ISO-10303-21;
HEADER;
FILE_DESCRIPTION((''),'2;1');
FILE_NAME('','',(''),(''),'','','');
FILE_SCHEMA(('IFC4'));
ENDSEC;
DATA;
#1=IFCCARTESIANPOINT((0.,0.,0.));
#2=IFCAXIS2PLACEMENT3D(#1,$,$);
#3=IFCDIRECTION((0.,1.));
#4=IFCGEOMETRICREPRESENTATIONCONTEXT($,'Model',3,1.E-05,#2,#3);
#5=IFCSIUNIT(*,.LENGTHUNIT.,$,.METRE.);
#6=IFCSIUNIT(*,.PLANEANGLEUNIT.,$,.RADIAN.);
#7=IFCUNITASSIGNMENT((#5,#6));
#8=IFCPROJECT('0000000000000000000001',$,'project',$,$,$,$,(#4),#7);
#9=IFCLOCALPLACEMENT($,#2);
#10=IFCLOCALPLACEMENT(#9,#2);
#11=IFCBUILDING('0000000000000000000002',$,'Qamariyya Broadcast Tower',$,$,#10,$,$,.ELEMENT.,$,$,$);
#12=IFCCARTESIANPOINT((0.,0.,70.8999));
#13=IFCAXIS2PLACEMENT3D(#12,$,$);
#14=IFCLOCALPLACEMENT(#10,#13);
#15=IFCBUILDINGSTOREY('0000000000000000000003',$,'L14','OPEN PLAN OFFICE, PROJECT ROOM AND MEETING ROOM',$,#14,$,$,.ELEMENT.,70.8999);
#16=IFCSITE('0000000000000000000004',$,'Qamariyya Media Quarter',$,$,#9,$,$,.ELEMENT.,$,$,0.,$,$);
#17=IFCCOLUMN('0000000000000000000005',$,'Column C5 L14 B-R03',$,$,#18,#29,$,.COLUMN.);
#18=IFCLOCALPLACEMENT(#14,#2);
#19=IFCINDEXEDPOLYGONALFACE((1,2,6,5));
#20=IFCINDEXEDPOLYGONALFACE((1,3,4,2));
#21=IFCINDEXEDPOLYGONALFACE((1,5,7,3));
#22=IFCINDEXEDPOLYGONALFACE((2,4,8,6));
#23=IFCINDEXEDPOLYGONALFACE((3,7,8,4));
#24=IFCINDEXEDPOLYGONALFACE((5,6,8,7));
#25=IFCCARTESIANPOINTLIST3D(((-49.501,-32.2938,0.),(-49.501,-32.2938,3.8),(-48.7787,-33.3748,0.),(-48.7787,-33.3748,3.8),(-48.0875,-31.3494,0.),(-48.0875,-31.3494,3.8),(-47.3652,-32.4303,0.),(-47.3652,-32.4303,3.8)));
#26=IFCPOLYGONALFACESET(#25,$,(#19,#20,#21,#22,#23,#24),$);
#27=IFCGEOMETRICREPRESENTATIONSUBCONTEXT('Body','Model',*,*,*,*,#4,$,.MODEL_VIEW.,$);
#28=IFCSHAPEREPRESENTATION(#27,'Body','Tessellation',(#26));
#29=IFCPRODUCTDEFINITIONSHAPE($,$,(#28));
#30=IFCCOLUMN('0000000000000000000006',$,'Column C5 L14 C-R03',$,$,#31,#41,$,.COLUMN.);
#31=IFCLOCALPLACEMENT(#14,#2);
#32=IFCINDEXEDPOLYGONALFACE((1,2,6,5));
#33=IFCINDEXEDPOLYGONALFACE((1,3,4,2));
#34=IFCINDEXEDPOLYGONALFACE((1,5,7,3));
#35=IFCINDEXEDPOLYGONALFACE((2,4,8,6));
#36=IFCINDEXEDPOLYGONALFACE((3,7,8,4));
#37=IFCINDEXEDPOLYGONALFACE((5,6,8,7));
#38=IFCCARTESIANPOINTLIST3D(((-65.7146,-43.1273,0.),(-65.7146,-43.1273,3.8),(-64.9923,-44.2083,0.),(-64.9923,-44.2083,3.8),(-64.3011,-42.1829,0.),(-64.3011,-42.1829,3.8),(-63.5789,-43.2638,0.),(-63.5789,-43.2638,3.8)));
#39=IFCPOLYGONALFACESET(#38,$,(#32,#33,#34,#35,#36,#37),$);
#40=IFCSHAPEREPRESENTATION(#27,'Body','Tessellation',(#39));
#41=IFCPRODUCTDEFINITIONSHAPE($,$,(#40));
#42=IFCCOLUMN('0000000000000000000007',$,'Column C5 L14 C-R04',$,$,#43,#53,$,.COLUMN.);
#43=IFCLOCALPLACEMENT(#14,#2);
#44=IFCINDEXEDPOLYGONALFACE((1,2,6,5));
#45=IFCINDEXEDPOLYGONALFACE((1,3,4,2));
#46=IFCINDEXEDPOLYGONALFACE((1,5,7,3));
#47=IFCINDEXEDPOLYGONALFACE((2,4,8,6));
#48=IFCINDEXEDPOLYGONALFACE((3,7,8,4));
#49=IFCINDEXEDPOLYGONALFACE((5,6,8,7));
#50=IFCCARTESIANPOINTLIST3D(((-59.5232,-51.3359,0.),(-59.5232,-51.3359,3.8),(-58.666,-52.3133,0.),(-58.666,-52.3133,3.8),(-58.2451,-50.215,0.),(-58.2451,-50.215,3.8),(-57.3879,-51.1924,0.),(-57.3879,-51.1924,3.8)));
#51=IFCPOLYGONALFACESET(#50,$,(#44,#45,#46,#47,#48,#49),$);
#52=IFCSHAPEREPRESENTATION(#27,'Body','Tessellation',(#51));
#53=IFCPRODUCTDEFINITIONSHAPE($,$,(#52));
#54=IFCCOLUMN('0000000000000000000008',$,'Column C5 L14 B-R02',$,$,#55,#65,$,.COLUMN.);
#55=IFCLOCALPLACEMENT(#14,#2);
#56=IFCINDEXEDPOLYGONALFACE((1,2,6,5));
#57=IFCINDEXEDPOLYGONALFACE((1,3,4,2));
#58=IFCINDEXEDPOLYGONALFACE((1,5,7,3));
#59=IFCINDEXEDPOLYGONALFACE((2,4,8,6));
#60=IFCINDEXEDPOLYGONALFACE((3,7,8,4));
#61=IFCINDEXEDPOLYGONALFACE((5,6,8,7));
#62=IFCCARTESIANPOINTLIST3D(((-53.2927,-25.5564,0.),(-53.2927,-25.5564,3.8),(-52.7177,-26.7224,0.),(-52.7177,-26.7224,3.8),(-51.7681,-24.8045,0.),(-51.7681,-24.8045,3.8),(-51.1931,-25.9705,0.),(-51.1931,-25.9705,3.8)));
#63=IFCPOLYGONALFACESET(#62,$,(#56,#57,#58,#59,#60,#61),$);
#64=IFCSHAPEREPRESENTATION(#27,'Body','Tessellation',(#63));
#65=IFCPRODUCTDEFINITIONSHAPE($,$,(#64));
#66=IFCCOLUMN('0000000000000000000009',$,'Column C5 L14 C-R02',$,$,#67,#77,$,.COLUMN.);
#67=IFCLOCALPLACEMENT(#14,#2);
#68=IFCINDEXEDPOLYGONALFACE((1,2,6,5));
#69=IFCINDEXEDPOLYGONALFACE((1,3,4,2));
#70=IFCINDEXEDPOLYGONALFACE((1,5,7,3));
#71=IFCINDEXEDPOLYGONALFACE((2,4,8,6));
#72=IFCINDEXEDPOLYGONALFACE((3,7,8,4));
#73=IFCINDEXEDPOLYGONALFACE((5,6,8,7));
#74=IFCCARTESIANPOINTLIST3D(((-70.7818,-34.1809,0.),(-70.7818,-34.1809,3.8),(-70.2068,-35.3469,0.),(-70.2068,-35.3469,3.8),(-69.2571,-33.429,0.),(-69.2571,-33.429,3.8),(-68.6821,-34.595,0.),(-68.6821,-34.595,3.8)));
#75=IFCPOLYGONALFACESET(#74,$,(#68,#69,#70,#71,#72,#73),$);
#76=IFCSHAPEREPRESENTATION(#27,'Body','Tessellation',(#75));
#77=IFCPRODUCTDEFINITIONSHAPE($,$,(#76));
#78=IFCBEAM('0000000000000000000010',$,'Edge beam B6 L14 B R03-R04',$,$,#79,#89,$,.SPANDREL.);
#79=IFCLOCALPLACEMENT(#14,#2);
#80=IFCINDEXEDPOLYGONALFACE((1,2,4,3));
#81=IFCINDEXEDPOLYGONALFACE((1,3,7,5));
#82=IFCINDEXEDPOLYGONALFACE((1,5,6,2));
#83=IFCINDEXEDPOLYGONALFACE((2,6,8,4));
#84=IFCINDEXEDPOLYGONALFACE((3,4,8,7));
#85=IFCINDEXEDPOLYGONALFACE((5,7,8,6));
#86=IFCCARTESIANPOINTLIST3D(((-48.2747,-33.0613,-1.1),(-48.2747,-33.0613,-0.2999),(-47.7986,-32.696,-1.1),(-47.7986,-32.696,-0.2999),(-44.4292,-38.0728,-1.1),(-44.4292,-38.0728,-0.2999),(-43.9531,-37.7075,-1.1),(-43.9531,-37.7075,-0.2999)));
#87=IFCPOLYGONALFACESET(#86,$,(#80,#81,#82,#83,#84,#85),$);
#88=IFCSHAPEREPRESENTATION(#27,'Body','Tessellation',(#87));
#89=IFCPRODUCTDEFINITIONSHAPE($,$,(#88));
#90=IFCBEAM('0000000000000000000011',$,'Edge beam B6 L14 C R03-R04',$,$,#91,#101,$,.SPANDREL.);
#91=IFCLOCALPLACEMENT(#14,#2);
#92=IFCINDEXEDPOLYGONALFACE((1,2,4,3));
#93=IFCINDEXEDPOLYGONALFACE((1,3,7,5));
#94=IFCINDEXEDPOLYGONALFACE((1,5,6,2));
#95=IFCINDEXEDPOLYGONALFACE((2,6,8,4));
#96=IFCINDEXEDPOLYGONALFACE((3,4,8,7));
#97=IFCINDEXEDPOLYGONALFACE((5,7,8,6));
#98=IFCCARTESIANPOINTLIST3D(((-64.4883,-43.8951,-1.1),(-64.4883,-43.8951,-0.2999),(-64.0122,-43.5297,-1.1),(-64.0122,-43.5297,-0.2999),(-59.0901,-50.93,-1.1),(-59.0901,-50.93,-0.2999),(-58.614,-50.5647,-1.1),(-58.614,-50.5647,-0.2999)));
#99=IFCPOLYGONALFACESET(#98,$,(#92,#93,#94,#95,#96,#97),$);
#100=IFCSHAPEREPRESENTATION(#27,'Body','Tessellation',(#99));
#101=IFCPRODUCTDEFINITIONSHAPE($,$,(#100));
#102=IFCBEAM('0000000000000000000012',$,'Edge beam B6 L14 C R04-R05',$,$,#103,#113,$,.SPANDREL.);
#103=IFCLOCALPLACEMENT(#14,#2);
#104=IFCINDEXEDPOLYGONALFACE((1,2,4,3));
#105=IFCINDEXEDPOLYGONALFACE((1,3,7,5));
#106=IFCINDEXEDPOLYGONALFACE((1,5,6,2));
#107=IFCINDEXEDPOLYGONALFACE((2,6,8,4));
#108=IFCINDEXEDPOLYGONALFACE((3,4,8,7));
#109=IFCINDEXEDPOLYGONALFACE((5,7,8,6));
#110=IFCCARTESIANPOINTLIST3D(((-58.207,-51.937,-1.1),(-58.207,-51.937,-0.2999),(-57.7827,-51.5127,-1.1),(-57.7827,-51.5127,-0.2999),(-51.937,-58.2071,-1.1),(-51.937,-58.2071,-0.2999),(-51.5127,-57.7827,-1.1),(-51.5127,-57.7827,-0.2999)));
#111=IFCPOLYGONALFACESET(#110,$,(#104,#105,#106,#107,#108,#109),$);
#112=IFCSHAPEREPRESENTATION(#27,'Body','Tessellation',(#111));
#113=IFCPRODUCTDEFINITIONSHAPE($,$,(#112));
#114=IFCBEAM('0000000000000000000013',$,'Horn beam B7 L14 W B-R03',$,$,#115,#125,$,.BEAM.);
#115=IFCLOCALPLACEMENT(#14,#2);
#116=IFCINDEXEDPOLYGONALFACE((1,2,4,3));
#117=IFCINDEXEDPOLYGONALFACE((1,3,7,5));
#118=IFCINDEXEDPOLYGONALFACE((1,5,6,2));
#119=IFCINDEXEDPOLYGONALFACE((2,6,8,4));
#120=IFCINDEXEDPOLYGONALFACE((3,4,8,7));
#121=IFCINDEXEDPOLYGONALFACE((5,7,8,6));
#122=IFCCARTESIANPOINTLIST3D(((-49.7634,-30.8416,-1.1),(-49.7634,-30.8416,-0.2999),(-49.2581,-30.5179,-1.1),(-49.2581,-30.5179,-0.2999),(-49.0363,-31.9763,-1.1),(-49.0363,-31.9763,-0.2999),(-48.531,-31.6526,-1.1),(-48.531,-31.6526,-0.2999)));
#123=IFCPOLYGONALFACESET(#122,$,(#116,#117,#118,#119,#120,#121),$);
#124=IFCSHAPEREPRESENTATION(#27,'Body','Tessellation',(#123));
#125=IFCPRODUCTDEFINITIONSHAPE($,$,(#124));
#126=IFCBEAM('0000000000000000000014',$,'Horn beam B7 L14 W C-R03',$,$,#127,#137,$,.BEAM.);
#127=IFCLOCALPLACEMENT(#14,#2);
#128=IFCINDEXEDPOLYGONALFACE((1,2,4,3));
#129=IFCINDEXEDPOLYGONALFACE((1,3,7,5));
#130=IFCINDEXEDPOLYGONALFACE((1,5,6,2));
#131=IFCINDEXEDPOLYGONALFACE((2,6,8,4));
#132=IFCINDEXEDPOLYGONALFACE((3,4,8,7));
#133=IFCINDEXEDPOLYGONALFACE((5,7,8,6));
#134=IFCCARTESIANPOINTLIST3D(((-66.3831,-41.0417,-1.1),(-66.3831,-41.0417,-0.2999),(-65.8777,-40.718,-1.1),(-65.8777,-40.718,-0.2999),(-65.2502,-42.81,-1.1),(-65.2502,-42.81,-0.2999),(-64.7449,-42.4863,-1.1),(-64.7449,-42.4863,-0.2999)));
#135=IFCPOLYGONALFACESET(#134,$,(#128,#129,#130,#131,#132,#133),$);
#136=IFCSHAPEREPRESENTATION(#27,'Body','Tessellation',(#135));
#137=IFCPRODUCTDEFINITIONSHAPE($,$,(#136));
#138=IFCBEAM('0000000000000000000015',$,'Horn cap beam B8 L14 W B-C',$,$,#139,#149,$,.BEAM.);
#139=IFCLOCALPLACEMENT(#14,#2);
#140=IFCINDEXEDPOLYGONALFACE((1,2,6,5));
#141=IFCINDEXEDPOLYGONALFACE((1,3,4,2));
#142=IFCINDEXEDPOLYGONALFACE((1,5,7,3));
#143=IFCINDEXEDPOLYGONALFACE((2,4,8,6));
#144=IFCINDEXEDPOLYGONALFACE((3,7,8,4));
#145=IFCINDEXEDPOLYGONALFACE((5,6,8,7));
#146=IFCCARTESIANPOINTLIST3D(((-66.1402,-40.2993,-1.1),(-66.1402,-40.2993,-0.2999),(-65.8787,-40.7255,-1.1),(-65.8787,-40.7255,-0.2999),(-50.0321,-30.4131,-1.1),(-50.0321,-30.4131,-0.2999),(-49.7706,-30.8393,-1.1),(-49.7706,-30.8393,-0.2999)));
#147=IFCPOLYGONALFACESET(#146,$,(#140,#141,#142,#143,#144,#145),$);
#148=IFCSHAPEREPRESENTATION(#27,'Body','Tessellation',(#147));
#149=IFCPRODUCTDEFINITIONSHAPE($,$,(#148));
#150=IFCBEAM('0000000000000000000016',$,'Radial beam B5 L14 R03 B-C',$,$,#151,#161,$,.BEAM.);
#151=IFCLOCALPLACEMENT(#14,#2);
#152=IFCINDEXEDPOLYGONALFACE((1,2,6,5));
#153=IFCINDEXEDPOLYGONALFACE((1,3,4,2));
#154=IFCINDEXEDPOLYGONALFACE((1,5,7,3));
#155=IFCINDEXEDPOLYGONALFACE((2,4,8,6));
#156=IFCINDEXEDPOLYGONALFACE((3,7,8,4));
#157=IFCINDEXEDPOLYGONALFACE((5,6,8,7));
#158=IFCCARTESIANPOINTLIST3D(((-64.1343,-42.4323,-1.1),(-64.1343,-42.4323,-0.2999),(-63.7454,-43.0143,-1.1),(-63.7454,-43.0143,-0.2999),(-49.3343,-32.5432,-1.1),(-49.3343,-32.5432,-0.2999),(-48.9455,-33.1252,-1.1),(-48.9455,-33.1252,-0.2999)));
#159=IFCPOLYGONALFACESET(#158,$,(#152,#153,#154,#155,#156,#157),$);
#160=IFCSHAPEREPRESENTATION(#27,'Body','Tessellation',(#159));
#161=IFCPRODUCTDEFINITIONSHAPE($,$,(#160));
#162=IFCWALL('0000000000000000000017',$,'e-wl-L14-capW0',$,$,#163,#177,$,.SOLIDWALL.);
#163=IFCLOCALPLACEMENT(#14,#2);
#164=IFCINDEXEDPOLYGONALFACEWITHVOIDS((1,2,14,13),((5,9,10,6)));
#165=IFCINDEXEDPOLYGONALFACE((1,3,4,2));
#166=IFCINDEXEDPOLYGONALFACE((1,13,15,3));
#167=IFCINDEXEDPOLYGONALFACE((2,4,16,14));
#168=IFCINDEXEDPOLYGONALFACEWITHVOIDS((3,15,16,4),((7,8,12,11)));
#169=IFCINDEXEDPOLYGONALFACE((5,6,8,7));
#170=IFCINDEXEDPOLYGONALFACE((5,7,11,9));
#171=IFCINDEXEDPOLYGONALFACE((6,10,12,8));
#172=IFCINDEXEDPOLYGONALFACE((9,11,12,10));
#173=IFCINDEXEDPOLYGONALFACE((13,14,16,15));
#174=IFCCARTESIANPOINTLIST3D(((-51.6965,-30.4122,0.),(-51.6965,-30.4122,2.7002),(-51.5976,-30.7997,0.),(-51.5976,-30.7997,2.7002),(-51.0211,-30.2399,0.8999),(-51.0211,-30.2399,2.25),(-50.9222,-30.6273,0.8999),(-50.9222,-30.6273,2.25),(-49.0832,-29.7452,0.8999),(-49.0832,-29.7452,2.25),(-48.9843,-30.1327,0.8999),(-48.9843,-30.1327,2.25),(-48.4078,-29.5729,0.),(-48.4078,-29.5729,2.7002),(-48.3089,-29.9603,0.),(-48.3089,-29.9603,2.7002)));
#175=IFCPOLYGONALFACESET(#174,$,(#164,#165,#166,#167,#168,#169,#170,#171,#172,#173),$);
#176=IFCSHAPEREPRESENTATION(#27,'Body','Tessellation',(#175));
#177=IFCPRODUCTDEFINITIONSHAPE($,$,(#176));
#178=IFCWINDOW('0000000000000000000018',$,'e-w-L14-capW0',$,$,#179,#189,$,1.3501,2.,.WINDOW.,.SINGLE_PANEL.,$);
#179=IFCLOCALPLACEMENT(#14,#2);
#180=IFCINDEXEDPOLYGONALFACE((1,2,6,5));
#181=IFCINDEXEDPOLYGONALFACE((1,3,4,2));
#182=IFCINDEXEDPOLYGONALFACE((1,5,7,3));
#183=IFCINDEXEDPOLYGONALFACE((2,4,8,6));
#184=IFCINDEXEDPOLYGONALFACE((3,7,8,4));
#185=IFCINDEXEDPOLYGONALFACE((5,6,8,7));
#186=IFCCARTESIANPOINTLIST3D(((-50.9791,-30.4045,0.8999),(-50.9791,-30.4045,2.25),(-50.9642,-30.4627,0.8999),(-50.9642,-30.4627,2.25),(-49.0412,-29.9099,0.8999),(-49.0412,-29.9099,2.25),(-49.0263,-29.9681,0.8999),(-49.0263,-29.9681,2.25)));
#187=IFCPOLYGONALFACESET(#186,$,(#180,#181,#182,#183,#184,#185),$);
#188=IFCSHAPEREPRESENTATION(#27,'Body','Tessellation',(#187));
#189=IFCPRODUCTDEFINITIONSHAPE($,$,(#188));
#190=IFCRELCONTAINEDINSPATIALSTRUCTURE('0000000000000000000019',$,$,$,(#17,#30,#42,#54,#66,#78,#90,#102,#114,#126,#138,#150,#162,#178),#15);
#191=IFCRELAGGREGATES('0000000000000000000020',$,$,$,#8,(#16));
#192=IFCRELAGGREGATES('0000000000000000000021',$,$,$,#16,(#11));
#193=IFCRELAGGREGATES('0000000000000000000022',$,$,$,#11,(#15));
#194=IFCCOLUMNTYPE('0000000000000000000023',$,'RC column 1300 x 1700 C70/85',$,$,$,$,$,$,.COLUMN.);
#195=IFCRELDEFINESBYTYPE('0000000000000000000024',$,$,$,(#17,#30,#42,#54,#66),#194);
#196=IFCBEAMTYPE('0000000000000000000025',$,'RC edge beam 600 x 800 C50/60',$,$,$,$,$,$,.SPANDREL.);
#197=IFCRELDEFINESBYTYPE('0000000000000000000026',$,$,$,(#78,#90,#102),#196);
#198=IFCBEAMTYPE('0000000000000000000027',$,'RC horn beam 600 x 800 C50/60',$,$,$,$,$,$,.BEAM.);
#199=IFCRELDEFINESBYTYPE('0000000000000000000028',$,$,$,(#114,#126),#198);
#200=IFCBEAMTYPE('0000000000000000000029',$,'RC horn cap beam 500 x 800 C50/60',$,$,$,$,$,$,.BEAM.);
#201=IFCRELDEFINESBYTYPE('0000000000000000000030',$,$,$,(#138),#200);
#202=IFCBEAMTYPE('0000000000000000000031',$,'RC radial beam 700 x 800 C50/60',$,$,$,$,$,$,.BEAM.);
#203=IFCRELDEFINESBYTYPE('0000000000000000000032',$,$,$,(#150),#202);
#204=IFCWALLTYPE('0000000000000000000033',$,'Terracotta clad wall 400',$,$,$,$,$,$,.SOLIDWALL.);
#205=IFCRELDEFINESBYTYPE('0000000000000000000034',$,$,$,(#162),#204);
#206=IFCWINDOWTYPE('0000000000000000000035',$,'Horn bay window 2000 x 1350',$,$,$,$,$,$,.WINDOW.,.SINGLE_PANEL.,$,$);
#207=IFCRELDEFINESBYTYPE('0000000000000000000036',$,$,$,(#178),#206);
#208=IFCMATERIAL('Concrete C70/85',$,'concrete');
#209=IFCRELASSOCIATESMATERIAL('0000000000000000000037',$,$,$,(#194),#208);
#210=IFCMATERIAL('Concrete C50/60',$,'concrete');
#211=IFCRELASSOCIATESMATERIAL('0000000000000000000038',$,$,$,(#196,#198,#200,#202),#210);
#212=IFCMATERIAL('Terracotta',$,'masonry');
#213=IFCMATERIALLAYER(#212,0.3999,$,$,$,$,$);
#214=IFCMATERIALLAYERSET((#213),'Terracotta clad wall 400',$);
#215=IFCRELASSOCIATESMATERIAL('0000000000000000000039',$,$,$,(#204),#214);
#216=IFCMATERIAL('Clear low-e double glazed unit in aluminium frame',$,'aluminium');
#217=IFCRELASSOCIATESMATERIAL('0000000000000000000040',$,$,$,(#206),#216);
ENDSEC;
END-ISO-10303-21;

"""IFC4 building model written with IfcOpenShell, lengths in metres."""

from ifc_helpers import new_model, si_unit, direction, frame, frame_2d, origin, origin_2d, place, context, subcontext, project, spatial, rectangle, extrude, material, layer, layer_set, material_profile, profile_set, type_object, element, fill, save


model = new_model("IFC4")

# Units and contexts
model_context = context("Model", 3, precision=1e-05, world=origin(), true_north=direction((0.0, 1.0)))
body_context = subcontext(model_context, "Body", "Model", "MODEL_VIEW")
ifc_project = project(units=[si_unit("LENGTHUNIT", "METRE"), si_unit("PLANEANGLEUNIT", "RADIAN")], contexts=[model_context])

# Site, building, storey
site_placement = place(None, origin())
site = spatial("IfcSite", under=ifc_project, at=site_placement, Name="Qamariyya Media Quarter", CompositionType="ELEMENT", RefElevation=0.0)
building_placement = place(site_placement, origin())
building = spatial("IfcBuilding", under=site, at=building_placement, Name="Qamariyya Broadcast Tower", CompositionType="ELEMENT")
storey_placement = place(building_placement, frame((0.0, 0.0, 70.8999)))
storey = spatial("IfcBuildingStorey", under=building, at=storey_placement, Name="L14", Description="OPEN PLAN OFFICE, PROJECT ROOM AND MEETING ROOM", CompositionType="ELEMENT", Elevation=70.8999)

# Columns
ifc_material_1 = material(Name="Concrete C70/85", Category="concrete")
ifc_material_profile_1 = material_profile(ifc_material_1, rectangle(XDim=1.3, YDim=1.7, at=origin_2d()))
ifc_profile_set_1 = profile_set([ifc_material_profile_1], Name="Concrete C70/85")
column_type = type_object("IfcColumnType", Name="RC column 1300 x 1700 C70/85", PredefinedType="COLUMN", material=ifc_profile_set_1)
for number, where, z_axis, x_axis, name in (
    (1, (-48.4331, -32.3621, 0.0), (0.0, 0.0, 1.0), (0.55557, -0.83147, 0.0), "Column C5 L14 B-R03"),
    (2, (-64.6467, -43.1956, 0.0), (0.0, 0.0, 1.0), (0.55557, -0.83147, 0.0), "Column C5 L14 C-R03"),
    (3, (-58.4556, -51.2642, 0.0), (0.0, 0.0, 1.0), (0.659346, -0.75184, 0.0), "Column C5 L14 C-R04"),
    (4, (-52.2429, -25.7634, 0.0), (0.0, 0.0, 1.0), (0.442289, -0.896873, 0.0), "Column C5 L14 B-R02"),
    (5, (-69.7319, -34.3879, 0.0), (0.0, 0.0, 1.0), (0.442289, -0.896873, 0.0), "Column C5 L14 C-R02"),
):
    element("IfcColumn", number, at=place(storey_placement, frame(where, z_axis=z_axis, x_axis=x_axis)), inside=storey, type_object=column_type, Name=name, PredefinedType="COLUMN", context=body_context, shape_type="SweptSolid", body=[
        extrude(rectangle(XDim=1.3, YDim=1.7, at=origin_2d()), origin(), (0.0, 0.0, 1.0), 3.8),
    ])

# Beams
ifc_material_2 = material(Name="Concrete C50/60", Category="concrete")
ifc_material_profile_2 = material_profile(ifc_material_2, rectangle(XDim=0.6001, YDim=0.8, at=origin_2d()))
ifc_profile_set_2 = profile_set([ifc_material_profile_2], Name="Concrete C50/60")
beam_type_1 = type_object("IfcBeamType", Name="RC edge beam 600 x 800 C50/60", PredefinedType="SPANDREL", material=ifc_profile_set_2)
beam_1_placement = place(storey_placement, frame((-48.0366, -32.8787, -0.7), z_axis=(0.608763, -0.793352, 0.0), x_axis=(0.793352, 0.608763, 0.0)))
element("IfcBeam", 6, at=beam_1_placement, inside=storey, type_object=beam_type_1, Name="Edge beam B6 L14 B R03-R04", PredefinedType="SPANDREL", context=body_context, shape_type="SweptSolid", body=[
    extrude(rectangle(XDim=0.6001, YDim=0.8, at=origin_2d()), origin(), (0.0, 0.0, 1.0), 6.3169),
])
beam_2_placement = place(storey_placement, frame((-64.2502, -43.7124, -0.7), z_axis=(0.60877, -0.793347, 0.0), x_axis=(0.793347, 0.60877, 0.0)))
element("IfcBeam", 7, at=beam_2_placement, inside=storey, type_object=beam_type_1, Name="Edge beam B6 L14 C R03-R04", PredefinedType="SPANDREL", context=body_context, shape_type="SweptSolid", body=[
    extrude(rectangle(XDim=0.6001, YDim=0.8, at=origin_2d()), origin(), (0.0, 0.0, 1.0), 8.8674),
])
beam_3_placement = place(storey_placement, frame((-57.9949, -51.7249, -0.7), z_axis=(0.707107, -0.707107, 0.0), x_axis=(0.707107, 0.707107, 0.0)))
element("IfcBeam", 8, at=beam_3_placement, inside=storey, type_object=beam_type_1, Name="Edge beam B6 L14 C R04-R05", PredefinedType="SPANDREL", context=body_context, shape_type="SweptSolid", body=[
    extrude(rectangle(XDim=0.6001, YDim=0.8, at=origin_2d()), origin(), (0.0, 0.0, 1.0), 8.8672),
])
ifc_material_profile_3 = material_profile(ifc_material_2, rectangle(XDim=0.6001, YDim=0.8, at=origin_2d()))
ifc_profile_set_3 = profile_set([ifc_material_profile_3], Name="Concrete C50/60")
beam_type_2 = type_object("IfcBeamType", Name="RC horn beam 600 x 800 C50/60", PredefinedType="BEAM", material=ifc_profile_set_3)
beam_4_placement = place(storey_placement, frame((-48.7837, -31.8145, -0.7), z_axis=(-0.539475, 0.842002, 0.0), x_axis=(-0.842002, -0.539475, 0.0)))
element("IfcBeam", 9, at=beam_4_placement, inside=storey, type_object=beam_type_2, Name="Horn beam B7 L14 W B-R03", PredefinedType="BEAM", context=body_context, shape_type="SweptSolid", body=[
    extrude(rectangle(XDim=0.6001, YDim=0.8, at=origin_2d()), origin(), (0.0, 0.0, 1.0), 1.3477),
])
beam_5_placement = place(storey_placement, frame((-64.9976, -42.6482, -0.7), z_axis=(-0.539423, 0.842035, 0.0), x_axis=(-0.842035, -0.539423, 0.0)))
element("IfcBeam", 10, at=beam_5_placement, inside=storey, type_object=beam_type_2, Name="Horn beam B7 L14 W C-R03", PredefinedType="BEAM", context=body_context, shape_type="SweptSolid", body=[
    extrude(rectangle(XDim=0.6001, YDim=0.8, at=origin_2d()), origin(), (0.0, 0.0, 1.0), 2.1001),
])
ifc_material_profile_4 = material_profile(ifc_material_2, rectangle(XDim=0.5, YDim=0.8, at=origin_2d()))
ifc_profile_set_4 = profile_set([ifc_material_profile_4], Name="Concrete C50/60")
beam_type_3 = type_object("IfcBeamType", Name="RC horn cap beam 500 x 800 C50/60", PredefinedType="BEAM", material=ifc_profile_set_4)
beam_6_placement = place(storey_placement, frame((-49.9014, -30.6262, -0.7), z_axis=(-0.852283, -0.523081, 0.0), x_axis=(0.523081, -0.852283, 0.0)))
element("IfcBeam", 11, at=beam_6_placement, inside=storey, type_object=beam_type_3, Name="Horn cap beam B8 L14 W B-C", PredefinedType="BEAM", context=body_context, shape_type="SweptSolid", body=[
    extrude(rectangle(XDim=0.5, YDim=0.8, at=origin_2d()), origin(), (0.0, 0.0, 1.0), 18.8999),
])
ifc_material_profile_5 = material_profile(ifc_material_2, rectangle(XDim=0.7, YDim=0.8, at=origin_2d()))
ifc_profile_set_5 = profile_set([ifc_material_profile_5], Name="Concrete C50/60")
beam_type_4 = type_object("IfcBeamType", Name="RC radial beam 700 x 800 C50/60", PredefinedType="BEAM", material=ifc_profile_set_5)
beam_7_placement = place(storey_placement, frame((-49.1399, -32.8342, -0.7), z_axis=(-0.831467, -0.555573, 0.0), x_axis=(0.555573, -0.831467, 0.0)))
element("IfcBeam", 12, at=beam_7_placement, inside=storey, type_object=beam_type_4, Name="Radial beam B5 L14 R03 B-C", PredefinedType="BEAM", context=body_context, shape_type="SweptSolid", body=[
    extrude(rectangle(XDim=0.7, YDim=0.8, at=origin_2d()), origin(), (0.0, 0.0, 1.0), 17.7998),
])

# Wall, opening, window
ifc_material_3 = material(Name="Terracotta", Category="masonry")
ifc_layer = layer(ifc_material_3, 0.3999)
ifc_layer_set = layer_set([ifc_layer], Name="Terracotta clad wall 400")
wall_type = type_object("IfcWallType", Name="Terracotta clad wall 400", PredefinedType="SOLIDWALL", material=ifc_layer_set)
wall_1_placement = place(storey_placement, frame((-48.3584, -29.7666, 0.0), z_axis=(0.0, 0.0, 1.0), x_axis=(-0.968938, -0.247306, 0.0)))
wall_1 = element("IfcWall", 13, at=wall_1_placement, inside=storey, type_object=wall_type, Name="e-wl-L14-capW0", PredefinedType="SOLIDWALL", context=body_context, shape_type="SweptSolid", body=[
    extrude(rectangle(XDim=3.394, YDim=0.3999, at=frame_2d((1.697, 0.0))), origin(), (0.0, 0.0, 1.0), 2.7002),
])
opening_1_placement = place(wall_1_placement, frame((0.697, 0.0, 0.8999)))
opening_1 = element("IfcOpeningElement", 14, at=opening_1_placement, cuts=wall_1, PredefinedType="OPENING", context=body_context, shape_type="SweptSolid", body=[
    extrude(rectangle(XDim=2.0, YDim=1.3501, at=frame_2d((1.0, 0.675))), frame((0.0, 0.21, 0.0), z_axis=(0.0, -1.0, 0.0), x_axis=(1.0, 0.0, 0.0)), (0.0, 0.0, 1.0), 0.4199),
])
ifc_material_4 = material(Name="Clear low-e double glazed unit in aluminium frame", Category="aluminium")
window_type = type_object("IfcWindowType", Name="Horn bay window 2000 x 1350", PartitioningType="SINGLE_PANEL", PredefinedType="WINDOW", material=ifc_material_4)
window_1_placement = place(opening_1_placement, origin())
window_1 = element("IfcWindow", 15, at=window_1_placement, inside=storey, type_object=window_type, Name="e-w-L14-capW0", OverallHeight=1.3501, OverallWidth=2.0, PartitioningType="SINGLE_PANEL", PredefinedType="WINDOW", context=body_context, shape_type="SweptSolid", body=[
    extrude(rectangle(XDim=2.0, YDim=1.3501, at=frame_2d((1.0, 0.675))), frame((0.0, 0.03, 0.0), z_axis=(0.0, -1.0, 0.0), x_axis=(1.0, 0.0, 0.0)), (0.0, 0.0, 1.0), 0.0601),
])
fill(opening_1, window_1)

save(model, "model.ifc")
